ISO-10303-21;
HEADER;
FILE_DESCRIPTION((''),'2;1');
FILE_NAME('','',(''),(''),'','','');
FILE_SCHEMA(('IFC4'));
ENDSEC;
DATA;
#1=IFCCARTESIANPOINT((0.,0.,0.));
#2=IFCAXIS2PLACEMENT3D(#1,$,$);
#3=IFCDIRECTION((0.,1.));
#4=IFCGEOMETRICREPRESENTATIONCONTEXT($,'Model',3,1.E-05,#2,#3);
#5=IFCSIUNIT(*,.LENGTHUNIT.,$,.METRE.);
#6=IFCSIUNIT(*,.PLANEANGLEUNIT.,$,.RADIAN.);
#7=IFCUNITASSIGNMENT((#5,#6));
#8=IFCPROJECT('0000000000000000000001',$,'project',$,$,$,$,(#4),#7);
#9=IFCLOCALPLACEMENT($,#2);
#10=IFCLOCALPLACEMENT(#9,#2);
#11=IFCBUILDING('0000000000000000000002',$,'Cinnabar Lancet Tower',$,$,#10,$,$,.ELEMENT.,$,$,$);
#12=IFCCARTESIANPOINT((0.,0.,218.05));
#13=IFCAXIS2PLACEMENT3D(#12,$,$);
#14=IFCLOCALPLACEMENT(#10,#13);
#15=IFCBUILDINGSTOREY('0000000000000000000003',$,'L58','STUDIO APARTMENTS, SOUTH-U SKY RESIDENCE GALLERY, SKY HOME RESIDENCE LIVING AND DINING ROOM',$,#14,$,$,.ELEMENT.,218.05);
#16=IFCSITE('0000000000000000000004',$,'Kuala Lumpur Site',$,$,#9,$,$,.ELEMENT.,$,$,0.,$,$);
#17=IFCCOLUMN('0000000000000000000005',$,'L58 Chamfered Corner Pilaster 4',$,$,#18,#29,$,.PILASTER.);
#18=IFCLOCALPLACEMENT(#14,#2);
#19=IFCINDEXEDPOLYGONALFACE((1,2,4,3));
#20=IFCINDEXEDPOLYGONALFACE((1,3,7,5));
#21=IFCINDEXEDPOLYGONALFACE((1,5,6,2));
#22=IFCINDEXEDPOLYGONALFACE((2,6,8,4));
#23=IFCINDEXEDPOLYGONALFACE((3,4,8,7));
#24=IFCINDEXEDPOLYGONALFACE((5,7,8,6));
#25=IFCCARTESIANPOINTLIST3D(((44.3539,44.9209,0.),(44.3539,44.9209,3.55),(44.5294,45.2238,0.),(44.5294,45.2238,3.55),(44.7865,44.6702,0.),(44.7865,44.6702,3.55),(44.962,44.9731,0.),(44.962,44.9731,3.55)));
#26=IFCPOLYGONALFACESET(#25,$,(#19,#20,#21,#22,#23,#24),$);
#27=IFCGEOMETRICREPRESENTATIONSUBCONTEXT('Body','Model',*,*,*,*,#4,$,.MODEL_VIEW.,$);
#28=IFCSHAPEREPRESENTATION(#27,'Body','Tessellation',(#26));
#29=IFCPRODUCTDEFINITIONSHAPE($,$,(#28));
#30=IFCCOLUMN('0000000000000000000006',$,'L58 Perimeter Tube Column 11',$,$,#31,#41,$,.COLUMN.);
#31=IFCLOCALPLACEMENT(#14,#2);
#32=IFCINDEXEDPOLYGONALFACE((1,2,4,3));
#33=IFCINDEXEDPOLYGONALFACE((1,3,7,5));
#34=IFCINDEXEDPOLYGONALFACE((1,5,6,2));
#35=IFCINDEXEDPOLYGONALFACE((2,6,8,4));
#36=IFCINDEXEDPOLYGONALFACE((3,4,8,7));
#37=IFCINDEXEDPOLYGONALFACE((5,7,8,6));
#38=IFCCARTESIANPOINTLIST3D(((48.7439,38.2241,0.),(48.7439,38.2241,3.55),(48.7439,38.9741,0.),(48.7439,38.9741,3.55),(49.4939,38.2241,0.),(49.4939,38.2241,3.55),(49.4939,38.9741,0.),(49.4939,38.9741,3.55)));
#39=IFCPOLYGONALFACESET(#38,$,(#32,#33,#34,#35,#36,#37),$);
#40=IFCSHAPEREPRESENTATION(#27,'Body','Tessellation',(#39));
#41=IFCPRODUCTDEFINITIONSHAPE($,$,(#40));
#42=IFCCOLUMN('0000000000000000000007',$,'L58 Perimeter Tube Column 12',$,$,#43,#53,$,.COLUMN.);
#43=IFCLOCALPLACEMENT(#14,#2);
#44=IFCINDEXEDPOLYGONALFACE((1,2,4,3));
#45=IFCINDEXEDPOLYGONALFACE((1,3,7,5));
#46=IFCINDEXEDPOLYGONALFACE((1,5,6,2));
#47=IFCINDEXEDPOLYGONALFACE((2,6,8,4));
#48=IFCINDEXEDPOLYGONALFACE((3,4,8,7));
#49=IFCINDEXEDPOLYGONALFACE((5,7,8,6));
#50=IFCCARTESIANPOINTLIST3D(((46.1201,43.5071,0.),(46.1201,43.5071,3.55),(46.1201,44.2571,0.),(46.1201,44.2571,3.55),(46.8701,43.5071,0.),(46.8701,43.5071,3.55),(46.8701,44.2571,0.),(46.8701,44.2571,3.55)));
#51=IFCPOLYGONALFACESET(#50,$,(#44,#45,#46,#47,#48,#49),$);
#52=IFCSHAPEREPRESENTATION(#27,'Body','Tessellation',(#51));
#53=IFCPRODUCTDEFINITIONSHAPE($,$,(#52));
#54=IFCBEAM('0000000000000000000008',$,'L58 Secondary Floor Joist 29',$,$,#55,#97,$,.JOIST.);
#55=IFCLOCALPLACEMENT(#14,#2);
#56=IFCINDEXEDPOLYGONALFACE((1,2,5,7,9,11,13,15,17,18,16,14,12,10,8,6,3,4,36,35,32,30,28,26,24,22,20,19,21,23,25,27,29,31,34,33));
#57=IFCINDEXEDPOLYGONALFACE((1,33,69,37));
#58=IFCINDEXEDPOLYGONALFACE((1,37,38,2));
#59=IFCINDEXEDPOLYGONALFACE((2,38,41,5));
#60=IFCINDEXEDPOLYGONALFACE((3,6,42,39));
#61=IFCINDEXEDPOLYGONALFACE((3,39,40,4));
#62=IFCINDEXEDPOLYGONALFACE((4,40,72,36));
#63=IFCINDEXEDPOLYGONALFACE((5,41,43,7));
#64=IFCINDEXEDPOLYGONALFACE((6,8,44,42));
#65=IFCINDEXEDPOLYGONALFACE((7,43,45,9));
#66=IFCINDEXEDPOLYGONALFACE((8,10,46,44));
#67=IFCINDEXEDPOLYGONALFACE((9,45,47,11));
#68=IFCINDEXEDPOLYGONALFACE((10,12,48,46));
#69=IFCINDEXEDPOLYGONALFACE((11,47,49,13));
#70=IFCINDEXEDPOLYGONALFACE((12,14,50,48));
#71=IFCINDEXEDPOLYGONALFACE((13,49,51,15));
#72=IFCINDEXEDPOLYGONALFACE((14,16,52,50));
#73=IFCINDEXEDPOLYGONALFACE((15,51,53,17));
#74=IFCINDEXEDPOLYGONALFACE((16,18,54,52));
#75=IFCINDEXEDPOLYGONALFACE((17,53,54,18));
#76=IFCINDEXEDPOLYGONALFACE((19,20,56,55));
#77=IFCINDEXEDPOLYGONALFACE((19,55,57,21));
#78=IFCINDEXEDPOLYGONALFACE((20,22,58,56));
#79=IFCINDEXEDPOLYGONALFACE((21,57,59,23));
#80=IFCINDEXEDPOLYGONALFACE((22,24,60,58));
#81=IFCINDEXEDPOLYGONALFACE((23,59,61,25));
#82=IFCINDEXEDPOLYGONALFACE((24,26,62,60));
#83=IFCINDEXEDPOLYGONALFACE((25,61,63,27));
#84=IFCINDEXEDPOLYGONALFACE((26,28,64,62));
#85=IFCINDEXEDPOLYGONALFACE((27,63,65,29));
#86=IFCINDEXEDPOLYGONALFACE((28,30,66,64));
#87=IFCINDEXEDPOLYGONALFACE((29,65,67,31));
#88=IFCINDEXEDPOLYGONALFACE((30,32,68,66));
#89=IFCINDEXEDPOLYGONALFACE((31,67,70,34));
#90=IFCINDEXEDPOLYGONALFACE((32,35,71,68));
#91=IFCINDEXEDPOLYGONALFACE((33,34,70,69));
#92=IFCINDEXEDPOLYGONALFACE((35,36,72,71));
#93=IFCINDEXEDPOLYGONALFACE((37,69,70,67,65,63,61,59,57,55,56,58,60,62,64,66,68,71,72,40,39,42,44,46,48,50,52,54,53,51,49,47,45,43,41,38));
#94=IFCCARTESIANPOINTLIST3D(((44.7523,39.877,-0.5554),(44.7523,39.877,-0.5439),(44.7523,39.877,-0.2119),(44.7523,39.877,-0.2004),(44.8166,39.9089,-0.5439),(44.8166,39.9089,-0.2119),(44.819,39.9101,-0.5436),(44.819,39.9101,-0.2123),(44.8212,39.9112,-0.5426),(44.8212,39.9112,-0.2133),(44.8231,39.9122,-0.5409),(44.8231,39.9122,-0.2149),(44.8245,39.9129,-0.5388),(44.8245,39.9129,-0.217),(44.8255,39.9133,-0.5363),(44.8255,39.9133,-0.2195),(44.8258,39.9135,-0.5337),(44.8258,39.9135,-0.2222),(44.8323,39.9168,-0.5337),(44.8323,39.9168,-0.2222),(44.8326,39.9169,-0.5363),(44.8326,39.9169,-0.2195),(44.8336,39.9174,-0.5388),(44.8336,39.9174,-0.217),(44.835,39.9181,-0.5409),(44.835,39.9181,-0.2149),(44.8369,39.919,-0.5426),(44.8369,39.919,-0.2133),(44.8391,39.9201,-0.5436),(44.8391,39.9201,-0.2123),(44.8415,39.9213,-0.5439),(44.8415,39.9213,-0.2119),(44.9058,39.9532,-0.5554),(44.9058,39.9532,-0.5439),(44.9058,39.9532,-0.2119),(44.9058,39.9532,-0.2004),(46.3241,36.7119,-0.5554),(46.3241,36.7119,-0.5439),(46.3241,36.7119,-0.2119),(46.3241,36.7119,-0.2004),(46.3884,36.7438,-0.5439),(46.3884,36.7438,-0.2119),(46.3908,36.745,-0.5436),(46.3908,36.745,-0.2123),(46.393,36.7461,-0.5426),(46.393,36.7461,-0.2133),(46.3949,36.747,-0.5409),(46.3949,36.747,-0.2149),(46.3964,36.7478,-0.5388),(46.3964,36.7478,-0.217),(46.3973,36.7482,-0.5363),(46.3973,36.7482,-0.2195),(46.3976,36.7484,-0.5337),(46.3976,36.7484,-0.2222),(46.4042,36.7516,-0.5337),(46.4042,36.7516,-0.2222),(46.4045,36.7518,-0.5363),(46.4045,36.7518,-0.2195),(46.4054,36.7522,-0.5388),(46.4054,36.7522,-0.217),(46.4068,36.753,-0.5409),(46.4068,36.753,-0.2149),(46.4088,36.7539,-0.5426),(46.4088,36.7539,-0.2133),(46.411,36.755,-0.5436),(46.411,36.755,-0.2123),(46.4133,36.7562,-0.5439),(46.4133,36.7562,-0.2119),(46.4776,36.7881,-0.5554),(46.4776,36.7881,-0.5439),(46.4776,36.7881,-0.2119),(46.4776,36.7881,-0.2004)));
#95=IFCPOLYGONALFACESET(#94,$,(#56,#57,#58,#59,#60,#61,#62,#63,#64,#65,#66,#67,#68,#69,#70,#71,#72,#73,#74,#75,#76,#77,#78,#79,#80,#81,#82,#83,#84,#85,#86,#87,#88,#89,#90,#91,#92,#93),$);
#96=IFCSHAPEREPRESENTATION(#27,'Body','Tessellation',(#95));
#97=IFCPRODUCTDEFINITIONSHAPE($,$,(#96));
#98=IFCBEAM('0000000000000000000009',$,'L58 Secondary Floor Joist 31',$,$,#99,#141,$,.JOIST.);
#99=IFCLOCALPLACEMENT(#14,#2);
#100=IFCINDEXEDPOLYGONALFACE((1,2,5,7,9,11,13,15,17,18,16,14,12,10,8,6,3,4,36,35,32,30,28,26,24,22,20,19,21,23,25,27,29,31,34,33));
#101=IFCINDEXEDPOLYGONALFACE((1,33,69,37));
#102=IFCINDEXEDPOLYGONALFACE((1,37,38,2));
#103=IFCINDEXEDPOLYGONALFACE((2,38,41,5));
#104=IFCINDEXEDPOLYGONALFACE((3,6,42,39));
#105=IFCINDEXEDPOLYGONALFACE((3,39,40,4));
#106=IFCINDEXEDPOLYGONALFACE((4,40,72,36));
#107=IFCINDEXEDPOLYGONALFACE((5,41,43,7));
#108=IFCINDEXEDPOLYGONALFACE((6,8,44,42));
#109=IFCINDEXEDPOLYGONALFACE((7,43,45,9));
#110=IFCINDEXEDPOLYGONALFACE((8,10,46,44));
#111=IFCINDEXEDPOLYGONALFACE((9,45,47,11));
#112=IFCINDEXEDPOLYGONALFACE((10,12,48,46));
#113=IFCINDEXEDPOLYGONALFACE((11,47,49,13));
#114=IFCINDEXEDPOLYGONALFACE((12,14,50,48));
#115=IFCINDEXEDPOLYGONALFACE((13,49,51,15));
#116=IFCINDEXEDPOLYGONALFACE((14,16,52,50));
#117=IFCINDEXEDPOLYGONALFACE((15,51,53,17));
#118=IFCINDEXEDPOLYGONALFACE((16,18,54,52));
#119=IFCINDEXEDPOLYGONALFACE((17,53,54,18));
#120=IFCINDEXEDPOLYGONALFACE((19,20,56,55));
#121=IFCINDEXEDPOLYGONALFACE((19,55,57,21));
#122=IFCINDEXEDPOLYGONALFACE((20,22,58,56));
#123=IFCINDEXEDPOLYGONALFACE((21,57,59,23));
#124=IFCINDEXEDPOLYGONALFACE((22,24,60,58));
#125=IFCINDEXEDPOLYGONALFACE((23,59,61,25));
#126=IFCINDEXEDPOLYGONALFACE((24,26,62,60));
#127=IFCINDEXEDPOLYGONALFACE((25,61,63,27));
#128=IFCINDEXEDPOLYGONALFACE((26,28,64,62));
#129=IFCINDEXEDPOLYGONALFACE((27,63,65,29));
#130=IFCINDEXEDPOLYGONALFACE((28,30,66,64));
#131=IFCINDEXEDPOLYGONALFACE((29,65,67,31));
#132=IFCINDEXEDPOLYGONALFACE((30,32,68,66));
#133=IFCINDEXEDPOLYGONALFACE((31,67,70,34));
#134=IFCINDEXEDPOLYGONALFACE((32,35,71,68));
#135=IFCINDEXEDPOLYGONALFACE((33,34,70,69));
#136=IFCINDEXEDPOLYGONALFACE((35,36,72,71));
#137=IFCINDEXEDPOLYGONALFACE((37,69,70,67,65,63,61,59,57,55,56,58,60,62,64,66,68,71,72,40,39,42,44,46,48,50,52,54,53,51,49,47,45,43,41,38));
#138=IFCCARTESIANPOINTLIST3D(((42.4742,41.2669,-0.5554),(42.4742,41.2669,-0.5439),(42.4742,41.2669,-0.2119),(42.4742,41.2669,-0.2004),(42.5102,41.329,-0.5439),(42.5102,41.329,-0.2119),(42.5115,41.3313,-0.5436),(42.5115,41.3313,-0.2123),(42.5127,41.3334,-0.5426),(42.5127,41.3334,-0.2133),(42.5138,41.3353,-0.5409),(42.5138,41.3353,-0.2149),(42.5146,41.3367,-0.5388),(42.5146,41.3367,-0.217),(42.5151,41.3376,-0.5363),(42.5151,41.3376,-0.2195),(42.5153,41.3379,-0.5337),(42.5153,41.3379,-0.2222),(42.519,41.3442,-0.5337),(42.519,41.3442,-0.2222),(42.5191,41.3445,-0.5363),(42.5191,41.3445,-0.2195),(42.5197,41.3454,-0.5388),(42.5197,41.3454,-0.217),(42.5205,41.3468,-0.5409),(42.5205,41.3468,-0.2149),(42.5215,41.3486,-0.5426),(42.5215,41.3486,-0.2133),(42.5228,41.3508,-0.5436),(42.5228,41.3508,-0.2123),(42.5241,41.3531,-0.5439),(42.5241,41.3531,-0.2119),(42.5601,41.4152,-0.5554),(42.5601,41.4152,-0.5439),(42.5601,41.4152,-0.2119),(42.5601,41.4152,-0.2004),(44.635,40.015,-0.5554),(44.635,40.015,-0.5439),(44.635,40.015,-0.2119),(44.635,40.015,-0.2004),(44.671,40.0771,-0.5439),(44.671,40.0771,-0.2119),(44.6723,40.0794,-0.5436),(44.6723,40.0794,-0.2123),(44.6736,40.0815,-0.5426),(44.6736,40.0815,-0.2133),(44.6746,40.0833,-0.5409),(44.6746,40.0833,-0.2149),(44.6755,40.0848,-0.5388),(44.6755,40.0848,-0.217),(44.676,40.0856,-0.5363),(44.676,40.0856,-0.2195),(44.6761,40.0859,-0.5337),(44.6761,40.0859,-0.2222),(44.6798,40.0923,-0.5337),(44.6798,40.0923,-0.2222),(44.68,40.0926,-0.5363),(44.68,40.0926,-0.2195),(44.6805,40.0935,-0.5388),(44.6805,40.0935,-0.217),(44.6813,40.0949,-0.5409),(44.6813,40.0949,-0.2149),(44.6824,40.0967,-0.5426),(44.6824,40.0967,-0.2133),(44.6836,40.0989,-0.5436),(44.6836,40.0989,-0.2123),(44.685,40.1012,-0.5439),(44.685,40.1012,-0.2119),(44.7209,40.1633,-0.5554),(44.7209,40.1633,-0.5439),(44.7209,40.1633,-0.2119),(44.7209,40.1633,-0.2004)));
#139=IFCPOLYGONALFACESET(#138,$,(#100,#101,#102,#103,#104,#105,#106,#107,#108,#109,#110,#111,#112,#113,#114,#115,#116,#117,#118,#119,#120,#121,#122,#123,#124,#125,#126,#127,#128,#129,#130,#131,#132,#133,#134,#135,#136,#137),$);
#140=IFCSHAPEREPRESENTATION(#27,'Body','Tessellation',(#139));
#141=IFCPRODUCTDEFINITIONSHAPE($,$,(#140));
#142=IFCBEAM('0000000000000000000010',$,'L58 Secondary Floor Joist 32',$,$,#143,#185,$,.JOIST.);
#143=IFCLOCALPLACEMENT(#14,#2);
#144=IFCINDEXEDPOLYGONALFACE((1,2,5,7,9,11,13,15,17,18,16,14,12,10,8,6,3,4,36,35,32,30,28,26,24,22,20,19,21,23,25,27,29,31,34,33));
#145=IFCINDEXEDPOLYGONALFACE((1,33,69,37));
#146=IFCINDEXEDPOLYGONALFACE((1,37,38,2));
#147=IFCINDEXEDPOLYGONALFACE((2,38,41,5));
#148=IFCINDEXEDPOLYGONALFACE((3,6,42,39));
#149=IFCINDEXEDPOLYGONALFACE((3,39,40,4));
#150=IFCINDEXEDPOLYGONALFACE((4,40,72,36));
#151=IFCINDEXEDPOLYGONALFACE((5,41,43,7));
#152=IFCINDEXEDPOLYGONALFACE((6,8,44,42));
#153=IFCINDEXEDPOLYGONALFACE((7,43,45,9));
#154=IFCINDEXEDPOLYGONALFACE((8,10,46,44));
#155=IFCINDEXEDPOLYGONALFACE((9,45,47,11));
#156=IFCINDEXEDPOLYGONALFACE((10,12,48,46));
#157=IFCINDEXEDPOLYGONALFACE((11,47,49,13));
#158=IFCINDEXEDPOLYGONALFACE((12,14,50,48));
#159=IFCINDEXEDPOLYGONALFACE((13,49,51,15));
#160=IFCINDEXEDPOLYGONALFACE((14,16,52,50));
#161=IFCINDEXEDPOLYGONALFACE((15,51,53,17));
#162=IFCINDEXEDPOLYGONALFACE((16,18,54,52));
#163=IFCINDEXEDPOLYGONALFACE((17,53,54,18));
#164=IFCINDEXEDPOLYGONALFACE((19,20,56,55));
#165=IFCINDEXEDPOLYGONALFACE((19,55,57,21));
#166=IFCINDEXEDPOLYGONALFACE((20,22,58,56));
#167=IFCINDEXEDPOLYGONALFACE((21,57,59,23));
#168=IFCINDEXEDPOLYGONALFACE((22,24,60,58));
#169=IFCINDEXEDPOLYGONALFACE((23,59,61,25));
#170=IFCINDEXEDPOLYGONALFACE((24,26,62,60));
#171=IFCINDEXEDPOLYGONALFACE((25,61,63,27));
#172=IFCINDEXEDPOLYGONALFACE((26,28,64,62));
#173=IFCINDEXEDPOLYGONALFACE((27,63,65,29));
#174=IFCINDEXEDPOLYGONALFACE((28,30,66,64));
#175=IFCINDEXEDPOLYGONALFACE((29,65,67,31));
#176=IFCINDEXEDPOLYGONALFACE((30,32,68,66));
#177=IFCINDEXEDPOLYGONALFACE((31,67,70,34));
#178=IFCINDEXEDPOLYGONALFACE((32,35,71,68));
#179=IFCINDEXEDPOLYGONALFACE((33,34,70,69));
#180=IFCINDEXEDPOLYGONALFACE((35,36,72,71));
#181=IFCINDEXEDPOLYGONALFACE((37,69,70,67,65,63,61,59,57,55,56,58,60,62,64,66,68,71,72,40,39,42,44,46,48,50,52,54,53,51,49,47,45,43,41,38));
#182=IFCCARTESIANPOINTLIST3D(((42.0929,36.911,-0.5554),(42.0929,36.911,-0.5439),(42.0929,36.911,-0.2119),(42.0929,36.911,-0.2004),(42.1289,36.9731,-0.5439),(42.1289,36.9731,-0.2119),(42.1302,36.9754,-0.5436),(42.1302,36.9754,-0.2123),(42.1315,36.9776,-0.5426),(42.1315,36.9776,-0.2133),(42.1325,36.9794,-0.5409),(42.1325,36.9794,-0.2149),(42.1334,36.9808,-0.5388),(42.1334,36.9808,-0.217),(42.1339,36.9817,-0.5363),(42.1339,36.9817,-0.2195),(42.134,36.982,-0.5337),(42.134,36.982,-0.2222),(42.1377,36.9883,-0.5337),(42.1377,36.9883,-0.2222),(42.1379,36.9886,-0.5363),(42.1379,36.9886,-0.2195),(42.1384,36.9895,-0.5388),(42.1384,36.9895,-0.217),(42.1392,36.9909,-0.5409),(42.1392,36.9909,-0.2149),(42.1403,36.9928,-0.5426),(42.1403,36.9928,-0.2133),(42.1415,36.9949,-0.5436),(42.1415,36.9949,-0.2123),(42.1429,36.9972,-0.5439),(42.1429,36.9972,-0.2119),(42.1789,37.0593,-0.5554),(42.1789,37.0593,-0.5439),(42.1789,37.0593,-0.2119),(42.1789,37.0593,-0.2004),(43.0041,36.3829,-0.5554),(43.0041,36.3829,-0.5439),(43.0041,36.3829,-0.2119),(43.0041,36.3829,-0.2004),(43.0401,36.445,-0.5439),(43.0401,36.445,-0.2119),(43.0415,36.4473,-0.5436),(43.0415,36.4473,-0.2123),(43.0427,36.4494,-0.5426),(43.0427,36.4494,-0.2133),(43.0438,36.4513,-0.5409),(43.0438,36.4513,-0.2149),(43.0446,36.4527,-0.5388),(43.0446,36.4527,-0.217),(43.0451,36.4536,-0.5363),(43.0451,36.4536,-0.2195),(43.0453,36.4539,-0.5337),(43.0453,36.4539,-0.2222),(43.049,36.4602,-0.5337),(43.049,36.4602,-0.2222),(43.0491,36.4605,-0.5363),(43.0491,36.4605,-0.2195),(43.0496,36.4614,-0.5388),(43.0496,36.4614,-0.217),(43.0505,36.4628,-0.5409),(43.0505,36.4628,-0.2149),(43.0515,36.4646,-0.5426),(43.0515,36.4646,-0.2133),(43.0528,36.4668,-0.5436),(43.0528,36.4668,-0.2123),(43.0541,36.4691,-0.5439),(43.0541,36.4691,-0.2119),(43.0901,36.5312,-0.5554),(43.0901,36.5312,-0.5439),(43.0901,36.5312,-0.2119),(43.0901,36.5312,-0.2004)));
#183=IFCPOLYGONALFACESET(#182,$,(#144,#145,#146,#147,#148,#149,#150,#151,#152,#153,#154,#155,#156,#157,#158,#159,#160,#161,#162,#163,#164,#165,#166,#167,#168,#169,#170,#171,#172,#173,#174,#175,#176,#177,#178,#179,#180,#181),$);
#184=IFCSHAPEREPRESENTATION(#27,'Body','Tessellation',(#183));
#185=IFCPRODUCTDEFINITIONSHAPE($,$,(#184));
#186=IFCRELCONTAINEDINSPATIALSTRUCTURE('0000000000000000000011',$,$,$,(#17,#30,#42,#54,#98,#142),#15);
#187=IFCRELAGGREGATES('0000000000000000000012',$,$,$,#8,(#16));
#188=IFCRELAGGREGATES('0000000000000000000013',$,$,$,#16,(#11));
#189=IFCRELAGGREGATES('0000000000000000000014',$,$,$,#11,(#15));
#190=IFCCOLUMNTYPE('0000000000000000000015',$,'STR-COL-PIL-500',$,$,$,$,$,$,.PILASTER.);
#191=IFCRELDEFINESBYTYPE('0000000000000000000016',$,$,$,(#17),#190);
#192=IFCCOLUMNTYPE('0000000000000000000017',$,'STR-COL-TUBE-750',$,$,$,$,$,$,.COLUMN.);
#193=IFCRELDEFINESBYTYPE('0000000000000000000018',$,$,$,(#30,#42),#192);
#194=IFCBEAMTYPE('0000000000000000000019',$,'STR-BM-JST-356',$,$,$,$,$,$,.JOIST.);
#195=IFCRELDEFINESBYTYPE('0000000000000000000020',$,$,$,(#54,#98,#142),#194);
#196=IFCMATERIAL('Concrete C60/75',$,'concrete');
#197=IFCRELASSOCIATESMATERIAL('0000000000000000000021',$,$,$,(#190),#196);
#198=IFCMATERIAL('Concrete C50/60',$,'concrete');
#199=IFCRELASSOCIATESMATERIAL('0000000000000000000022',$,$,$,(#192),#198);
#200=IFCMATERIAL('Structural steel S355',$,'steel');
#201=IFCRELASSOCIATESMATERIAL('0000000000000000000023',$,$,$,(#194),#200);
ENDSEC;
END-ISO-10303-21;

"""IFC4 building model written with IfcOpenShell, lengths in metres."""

from ifc_helpers import new_model, si_unit, direction, frame, origin, origin_2d, place, context, subcontext, project, spatial, rectangle, i_section, extrude, material, material_profile, profile_set, type_object, element, save


model = new_model("IFC4")

# Units and contexts
model_context = context("Model", 3, precision=1e-05, world=origin(), true_north=direction((0.0, 1.0)))
body_context = subcontext(model_context, "Body", "Model", "MODEL_VIEW")
ifc_project = project(units=[si_unit("LENGTHUNIT", "METRE"), si_unit("PLANEANGLEUNIT", "RADIAN")], contexts=[model_context])

# Site, building, storey
site_placement = place(None, origin())
site = spatial("IfcSite", under=ifc_project, at=site_placement, Name="Kuala Lumpur Site", CompositionType="ELEMENT", RefElevation=0.0)
building_placement = place(site_placement, origin())
building = spatial("IfcBuilding", under=site, at=building_placement, Name="Cinnabar Lancet Tower", CompositionType="ELEMENT")
storey_placement = place(building_placement, frame((0.0, 0.0, 218.05)))
storey = spatial("IfcBuildingStorey", under=building, at=storey_placement, Name="L58", Description="STUDIO APARTMENTS, SOUTH-U SKY RESIDENCE GALLERY, SKY HOME RESIDENCE LIVING AND DINING ROOM", CompositionType="ELEMENT", Elevation=218.05)

# Columns
ifc_material_1 = material(Name="Concrete C60/75", Category="concrete")
ifc_material_profile_1 = material_profile(ifc_material_1, rectangle(XDim=0.5, YDim=0.3501, at=origin_2d()), Name="RC-PIL 500x350")
ifc_profile_set_1 = profile_set([ifc_material_profile_1], Name="Concrete C60/75")
column_type_1 = type_object("IfcColumnType", Name="STR-COL-PIL-500", PredefinedType="PILASTER", material=ifc_profile_set_1)
column_placement = place(storey_placement, frame((44.658, 44.947, 0.0), z_axis=(0.0, 0.0, 1.0), x_axis=(-0.86523, 0.501375, 0.0)))
element("IfcColumn", 1, at=column_placement, inside=storey, type_object=column_type_1, Name="L58 Chamfered Corner Pilaster 4", PredefinedType="PILASTER", context=body_context, shape_type="SweptSolid", body=[
    extrude(rectangle(XDim=0.5, YDim=0.3501, at=origin_2d()), origin(), (0.0, 0.0, 1.0), 3.55),
])
ifc_material_2 = material(Name="Concrete C50/60", Category="concrete")
ifc_material_profile_2 = material_profile(ifc_material_2, rectangle(XDim=0.75, YDim=0.75, at=origin_2d()), Name="RC-COL 750x750")
ifc_profile_set_2 = profile_set([ifc_material_profile_2], Name="Concrete C50/60")
column_type_2 = type_object("IfcColumnType", Name="STR-COL-TUBE-750", PredefinedType="COLUMN", material=ifc_profile_set_2)
for number, where, z_axis, x_axis, name in (
    (2, (49.1189, 38.5991, 0.0), (0.0, 0.0, 1.0), (1.0, 0.0, 0.0), "L58 Perimeter Tube Column 11"),
    (3, (46.4951, 43.8821, 0.0), (0.0, 0.0, 1.0), (1.0, 0.0, 0.0), "L58 Perimeter Tube Column 12"),
):
    element("IfcColumn", number, at=place(storey_placement, frame(where, z_axis=z_axis, x_axis=x_axis)), inside=storey, type_object=column_type_2, Name=name, PredefinedType="COLUMN", context=body_context, shape_type="SweptSolid", body=[
        extrude(rectangle(XDim=0.75, YDim=0.75, at=origin_2d()), origin(), (0.0, 0.0, 1.0), 3.55),
    ])

# Beams
ifc_material_3 = material(Name="Structural steel S355", Category="steel")
ifc_material_profile_3 = material_profile(ifc_material_3, i_section(OverallWidth=0.1714, OverallDepth=0.355, WebThickness=0.0073, FlangeThickness=0.0115, FilletRadius=0.0103, at=origin_2d()), Name="UKB 356x171x51")
ifc_profile_set_3 = profile_set([ifc_material_profile_3], Name="Structural steel S355")
beam_type_1 = type_object("IfcBeamType", Name="STR-BM-JST-356", PredefinedType="JOIST", material=ifc_profile_set_3)
beam_1_placement = place(storey_placement, frame((46.4009, 36.75, -0.3779), z_axis=(-0.44478, 0.89564, 0.0), x_axis=(-0.89564, -0.44478, 0.0)))
element("IfcBeam", 4, at=beam_1_placement, inside=storey, type_object=beam_type_1, Name="L58 Secondary Floor Joist 29", PredefinedType="JOIST", context=body_context, shape_type="SweptSolid", body=[
    extrude(i_section(OverallWidth=0.1714, OverallDepth=0.355, WebThickness=0.0073, FlangeThickness=0.0115, FilletRadius=0.0103, at=origin_2d()), origin(), (0.0, 0.0, 1.0), 3.5339),
])
beam_2_placement = place(storey_placement, frame((44.678, 40.0891, -0.3779), z_axis=(-0.865268, 0.50131, 0.0), x_axis=(-0.50131, -0.865268, 0.0)))
element("IfcBeam", 5, at=beam_2_placement, inside=storey, type_object=beam_type_1, Name="L58 Secondary Floor Joist 31", PredefinedType="JOIST", context=body_context, shape_type="SweptSolid", body=[
    extrude(i_section(OverallWidth=0.1714, OverallDepth=0.355, WebThickness=0.0073, FlangeThickness=0.0115, FilletRadius=0.0103, at=origin_2d()), origin(), (0.0, 0.0, 1.0), 2.4973),
])
beam_3_placement = place(storey_placement, frame((43.0471, 36.457, -0.3779), z_axis=(-0.865188, 0.501447, 0.0), x_axis=(-0.501447, -0.865188, 0.0)))
element("IfcBeam", 6, at=beam_3_placement, inside=storey, type_object=beam_type_1, Name="L58 Secondary Floor Joist 32", PredefinedType="JOIST", context=body_context, shape_type="SweptSolid", body=[
    extrude(i_section(OverallWidth=0.1714, OverallDepth=0.355, WebThickness=0.0073, FlangeThickness=0.0115, FilletRadius=0.0103, at=origin_2d()), origin(), (0.0, 0.0, 1.0), 1.0532),
])

save(model, "model.ifc")
